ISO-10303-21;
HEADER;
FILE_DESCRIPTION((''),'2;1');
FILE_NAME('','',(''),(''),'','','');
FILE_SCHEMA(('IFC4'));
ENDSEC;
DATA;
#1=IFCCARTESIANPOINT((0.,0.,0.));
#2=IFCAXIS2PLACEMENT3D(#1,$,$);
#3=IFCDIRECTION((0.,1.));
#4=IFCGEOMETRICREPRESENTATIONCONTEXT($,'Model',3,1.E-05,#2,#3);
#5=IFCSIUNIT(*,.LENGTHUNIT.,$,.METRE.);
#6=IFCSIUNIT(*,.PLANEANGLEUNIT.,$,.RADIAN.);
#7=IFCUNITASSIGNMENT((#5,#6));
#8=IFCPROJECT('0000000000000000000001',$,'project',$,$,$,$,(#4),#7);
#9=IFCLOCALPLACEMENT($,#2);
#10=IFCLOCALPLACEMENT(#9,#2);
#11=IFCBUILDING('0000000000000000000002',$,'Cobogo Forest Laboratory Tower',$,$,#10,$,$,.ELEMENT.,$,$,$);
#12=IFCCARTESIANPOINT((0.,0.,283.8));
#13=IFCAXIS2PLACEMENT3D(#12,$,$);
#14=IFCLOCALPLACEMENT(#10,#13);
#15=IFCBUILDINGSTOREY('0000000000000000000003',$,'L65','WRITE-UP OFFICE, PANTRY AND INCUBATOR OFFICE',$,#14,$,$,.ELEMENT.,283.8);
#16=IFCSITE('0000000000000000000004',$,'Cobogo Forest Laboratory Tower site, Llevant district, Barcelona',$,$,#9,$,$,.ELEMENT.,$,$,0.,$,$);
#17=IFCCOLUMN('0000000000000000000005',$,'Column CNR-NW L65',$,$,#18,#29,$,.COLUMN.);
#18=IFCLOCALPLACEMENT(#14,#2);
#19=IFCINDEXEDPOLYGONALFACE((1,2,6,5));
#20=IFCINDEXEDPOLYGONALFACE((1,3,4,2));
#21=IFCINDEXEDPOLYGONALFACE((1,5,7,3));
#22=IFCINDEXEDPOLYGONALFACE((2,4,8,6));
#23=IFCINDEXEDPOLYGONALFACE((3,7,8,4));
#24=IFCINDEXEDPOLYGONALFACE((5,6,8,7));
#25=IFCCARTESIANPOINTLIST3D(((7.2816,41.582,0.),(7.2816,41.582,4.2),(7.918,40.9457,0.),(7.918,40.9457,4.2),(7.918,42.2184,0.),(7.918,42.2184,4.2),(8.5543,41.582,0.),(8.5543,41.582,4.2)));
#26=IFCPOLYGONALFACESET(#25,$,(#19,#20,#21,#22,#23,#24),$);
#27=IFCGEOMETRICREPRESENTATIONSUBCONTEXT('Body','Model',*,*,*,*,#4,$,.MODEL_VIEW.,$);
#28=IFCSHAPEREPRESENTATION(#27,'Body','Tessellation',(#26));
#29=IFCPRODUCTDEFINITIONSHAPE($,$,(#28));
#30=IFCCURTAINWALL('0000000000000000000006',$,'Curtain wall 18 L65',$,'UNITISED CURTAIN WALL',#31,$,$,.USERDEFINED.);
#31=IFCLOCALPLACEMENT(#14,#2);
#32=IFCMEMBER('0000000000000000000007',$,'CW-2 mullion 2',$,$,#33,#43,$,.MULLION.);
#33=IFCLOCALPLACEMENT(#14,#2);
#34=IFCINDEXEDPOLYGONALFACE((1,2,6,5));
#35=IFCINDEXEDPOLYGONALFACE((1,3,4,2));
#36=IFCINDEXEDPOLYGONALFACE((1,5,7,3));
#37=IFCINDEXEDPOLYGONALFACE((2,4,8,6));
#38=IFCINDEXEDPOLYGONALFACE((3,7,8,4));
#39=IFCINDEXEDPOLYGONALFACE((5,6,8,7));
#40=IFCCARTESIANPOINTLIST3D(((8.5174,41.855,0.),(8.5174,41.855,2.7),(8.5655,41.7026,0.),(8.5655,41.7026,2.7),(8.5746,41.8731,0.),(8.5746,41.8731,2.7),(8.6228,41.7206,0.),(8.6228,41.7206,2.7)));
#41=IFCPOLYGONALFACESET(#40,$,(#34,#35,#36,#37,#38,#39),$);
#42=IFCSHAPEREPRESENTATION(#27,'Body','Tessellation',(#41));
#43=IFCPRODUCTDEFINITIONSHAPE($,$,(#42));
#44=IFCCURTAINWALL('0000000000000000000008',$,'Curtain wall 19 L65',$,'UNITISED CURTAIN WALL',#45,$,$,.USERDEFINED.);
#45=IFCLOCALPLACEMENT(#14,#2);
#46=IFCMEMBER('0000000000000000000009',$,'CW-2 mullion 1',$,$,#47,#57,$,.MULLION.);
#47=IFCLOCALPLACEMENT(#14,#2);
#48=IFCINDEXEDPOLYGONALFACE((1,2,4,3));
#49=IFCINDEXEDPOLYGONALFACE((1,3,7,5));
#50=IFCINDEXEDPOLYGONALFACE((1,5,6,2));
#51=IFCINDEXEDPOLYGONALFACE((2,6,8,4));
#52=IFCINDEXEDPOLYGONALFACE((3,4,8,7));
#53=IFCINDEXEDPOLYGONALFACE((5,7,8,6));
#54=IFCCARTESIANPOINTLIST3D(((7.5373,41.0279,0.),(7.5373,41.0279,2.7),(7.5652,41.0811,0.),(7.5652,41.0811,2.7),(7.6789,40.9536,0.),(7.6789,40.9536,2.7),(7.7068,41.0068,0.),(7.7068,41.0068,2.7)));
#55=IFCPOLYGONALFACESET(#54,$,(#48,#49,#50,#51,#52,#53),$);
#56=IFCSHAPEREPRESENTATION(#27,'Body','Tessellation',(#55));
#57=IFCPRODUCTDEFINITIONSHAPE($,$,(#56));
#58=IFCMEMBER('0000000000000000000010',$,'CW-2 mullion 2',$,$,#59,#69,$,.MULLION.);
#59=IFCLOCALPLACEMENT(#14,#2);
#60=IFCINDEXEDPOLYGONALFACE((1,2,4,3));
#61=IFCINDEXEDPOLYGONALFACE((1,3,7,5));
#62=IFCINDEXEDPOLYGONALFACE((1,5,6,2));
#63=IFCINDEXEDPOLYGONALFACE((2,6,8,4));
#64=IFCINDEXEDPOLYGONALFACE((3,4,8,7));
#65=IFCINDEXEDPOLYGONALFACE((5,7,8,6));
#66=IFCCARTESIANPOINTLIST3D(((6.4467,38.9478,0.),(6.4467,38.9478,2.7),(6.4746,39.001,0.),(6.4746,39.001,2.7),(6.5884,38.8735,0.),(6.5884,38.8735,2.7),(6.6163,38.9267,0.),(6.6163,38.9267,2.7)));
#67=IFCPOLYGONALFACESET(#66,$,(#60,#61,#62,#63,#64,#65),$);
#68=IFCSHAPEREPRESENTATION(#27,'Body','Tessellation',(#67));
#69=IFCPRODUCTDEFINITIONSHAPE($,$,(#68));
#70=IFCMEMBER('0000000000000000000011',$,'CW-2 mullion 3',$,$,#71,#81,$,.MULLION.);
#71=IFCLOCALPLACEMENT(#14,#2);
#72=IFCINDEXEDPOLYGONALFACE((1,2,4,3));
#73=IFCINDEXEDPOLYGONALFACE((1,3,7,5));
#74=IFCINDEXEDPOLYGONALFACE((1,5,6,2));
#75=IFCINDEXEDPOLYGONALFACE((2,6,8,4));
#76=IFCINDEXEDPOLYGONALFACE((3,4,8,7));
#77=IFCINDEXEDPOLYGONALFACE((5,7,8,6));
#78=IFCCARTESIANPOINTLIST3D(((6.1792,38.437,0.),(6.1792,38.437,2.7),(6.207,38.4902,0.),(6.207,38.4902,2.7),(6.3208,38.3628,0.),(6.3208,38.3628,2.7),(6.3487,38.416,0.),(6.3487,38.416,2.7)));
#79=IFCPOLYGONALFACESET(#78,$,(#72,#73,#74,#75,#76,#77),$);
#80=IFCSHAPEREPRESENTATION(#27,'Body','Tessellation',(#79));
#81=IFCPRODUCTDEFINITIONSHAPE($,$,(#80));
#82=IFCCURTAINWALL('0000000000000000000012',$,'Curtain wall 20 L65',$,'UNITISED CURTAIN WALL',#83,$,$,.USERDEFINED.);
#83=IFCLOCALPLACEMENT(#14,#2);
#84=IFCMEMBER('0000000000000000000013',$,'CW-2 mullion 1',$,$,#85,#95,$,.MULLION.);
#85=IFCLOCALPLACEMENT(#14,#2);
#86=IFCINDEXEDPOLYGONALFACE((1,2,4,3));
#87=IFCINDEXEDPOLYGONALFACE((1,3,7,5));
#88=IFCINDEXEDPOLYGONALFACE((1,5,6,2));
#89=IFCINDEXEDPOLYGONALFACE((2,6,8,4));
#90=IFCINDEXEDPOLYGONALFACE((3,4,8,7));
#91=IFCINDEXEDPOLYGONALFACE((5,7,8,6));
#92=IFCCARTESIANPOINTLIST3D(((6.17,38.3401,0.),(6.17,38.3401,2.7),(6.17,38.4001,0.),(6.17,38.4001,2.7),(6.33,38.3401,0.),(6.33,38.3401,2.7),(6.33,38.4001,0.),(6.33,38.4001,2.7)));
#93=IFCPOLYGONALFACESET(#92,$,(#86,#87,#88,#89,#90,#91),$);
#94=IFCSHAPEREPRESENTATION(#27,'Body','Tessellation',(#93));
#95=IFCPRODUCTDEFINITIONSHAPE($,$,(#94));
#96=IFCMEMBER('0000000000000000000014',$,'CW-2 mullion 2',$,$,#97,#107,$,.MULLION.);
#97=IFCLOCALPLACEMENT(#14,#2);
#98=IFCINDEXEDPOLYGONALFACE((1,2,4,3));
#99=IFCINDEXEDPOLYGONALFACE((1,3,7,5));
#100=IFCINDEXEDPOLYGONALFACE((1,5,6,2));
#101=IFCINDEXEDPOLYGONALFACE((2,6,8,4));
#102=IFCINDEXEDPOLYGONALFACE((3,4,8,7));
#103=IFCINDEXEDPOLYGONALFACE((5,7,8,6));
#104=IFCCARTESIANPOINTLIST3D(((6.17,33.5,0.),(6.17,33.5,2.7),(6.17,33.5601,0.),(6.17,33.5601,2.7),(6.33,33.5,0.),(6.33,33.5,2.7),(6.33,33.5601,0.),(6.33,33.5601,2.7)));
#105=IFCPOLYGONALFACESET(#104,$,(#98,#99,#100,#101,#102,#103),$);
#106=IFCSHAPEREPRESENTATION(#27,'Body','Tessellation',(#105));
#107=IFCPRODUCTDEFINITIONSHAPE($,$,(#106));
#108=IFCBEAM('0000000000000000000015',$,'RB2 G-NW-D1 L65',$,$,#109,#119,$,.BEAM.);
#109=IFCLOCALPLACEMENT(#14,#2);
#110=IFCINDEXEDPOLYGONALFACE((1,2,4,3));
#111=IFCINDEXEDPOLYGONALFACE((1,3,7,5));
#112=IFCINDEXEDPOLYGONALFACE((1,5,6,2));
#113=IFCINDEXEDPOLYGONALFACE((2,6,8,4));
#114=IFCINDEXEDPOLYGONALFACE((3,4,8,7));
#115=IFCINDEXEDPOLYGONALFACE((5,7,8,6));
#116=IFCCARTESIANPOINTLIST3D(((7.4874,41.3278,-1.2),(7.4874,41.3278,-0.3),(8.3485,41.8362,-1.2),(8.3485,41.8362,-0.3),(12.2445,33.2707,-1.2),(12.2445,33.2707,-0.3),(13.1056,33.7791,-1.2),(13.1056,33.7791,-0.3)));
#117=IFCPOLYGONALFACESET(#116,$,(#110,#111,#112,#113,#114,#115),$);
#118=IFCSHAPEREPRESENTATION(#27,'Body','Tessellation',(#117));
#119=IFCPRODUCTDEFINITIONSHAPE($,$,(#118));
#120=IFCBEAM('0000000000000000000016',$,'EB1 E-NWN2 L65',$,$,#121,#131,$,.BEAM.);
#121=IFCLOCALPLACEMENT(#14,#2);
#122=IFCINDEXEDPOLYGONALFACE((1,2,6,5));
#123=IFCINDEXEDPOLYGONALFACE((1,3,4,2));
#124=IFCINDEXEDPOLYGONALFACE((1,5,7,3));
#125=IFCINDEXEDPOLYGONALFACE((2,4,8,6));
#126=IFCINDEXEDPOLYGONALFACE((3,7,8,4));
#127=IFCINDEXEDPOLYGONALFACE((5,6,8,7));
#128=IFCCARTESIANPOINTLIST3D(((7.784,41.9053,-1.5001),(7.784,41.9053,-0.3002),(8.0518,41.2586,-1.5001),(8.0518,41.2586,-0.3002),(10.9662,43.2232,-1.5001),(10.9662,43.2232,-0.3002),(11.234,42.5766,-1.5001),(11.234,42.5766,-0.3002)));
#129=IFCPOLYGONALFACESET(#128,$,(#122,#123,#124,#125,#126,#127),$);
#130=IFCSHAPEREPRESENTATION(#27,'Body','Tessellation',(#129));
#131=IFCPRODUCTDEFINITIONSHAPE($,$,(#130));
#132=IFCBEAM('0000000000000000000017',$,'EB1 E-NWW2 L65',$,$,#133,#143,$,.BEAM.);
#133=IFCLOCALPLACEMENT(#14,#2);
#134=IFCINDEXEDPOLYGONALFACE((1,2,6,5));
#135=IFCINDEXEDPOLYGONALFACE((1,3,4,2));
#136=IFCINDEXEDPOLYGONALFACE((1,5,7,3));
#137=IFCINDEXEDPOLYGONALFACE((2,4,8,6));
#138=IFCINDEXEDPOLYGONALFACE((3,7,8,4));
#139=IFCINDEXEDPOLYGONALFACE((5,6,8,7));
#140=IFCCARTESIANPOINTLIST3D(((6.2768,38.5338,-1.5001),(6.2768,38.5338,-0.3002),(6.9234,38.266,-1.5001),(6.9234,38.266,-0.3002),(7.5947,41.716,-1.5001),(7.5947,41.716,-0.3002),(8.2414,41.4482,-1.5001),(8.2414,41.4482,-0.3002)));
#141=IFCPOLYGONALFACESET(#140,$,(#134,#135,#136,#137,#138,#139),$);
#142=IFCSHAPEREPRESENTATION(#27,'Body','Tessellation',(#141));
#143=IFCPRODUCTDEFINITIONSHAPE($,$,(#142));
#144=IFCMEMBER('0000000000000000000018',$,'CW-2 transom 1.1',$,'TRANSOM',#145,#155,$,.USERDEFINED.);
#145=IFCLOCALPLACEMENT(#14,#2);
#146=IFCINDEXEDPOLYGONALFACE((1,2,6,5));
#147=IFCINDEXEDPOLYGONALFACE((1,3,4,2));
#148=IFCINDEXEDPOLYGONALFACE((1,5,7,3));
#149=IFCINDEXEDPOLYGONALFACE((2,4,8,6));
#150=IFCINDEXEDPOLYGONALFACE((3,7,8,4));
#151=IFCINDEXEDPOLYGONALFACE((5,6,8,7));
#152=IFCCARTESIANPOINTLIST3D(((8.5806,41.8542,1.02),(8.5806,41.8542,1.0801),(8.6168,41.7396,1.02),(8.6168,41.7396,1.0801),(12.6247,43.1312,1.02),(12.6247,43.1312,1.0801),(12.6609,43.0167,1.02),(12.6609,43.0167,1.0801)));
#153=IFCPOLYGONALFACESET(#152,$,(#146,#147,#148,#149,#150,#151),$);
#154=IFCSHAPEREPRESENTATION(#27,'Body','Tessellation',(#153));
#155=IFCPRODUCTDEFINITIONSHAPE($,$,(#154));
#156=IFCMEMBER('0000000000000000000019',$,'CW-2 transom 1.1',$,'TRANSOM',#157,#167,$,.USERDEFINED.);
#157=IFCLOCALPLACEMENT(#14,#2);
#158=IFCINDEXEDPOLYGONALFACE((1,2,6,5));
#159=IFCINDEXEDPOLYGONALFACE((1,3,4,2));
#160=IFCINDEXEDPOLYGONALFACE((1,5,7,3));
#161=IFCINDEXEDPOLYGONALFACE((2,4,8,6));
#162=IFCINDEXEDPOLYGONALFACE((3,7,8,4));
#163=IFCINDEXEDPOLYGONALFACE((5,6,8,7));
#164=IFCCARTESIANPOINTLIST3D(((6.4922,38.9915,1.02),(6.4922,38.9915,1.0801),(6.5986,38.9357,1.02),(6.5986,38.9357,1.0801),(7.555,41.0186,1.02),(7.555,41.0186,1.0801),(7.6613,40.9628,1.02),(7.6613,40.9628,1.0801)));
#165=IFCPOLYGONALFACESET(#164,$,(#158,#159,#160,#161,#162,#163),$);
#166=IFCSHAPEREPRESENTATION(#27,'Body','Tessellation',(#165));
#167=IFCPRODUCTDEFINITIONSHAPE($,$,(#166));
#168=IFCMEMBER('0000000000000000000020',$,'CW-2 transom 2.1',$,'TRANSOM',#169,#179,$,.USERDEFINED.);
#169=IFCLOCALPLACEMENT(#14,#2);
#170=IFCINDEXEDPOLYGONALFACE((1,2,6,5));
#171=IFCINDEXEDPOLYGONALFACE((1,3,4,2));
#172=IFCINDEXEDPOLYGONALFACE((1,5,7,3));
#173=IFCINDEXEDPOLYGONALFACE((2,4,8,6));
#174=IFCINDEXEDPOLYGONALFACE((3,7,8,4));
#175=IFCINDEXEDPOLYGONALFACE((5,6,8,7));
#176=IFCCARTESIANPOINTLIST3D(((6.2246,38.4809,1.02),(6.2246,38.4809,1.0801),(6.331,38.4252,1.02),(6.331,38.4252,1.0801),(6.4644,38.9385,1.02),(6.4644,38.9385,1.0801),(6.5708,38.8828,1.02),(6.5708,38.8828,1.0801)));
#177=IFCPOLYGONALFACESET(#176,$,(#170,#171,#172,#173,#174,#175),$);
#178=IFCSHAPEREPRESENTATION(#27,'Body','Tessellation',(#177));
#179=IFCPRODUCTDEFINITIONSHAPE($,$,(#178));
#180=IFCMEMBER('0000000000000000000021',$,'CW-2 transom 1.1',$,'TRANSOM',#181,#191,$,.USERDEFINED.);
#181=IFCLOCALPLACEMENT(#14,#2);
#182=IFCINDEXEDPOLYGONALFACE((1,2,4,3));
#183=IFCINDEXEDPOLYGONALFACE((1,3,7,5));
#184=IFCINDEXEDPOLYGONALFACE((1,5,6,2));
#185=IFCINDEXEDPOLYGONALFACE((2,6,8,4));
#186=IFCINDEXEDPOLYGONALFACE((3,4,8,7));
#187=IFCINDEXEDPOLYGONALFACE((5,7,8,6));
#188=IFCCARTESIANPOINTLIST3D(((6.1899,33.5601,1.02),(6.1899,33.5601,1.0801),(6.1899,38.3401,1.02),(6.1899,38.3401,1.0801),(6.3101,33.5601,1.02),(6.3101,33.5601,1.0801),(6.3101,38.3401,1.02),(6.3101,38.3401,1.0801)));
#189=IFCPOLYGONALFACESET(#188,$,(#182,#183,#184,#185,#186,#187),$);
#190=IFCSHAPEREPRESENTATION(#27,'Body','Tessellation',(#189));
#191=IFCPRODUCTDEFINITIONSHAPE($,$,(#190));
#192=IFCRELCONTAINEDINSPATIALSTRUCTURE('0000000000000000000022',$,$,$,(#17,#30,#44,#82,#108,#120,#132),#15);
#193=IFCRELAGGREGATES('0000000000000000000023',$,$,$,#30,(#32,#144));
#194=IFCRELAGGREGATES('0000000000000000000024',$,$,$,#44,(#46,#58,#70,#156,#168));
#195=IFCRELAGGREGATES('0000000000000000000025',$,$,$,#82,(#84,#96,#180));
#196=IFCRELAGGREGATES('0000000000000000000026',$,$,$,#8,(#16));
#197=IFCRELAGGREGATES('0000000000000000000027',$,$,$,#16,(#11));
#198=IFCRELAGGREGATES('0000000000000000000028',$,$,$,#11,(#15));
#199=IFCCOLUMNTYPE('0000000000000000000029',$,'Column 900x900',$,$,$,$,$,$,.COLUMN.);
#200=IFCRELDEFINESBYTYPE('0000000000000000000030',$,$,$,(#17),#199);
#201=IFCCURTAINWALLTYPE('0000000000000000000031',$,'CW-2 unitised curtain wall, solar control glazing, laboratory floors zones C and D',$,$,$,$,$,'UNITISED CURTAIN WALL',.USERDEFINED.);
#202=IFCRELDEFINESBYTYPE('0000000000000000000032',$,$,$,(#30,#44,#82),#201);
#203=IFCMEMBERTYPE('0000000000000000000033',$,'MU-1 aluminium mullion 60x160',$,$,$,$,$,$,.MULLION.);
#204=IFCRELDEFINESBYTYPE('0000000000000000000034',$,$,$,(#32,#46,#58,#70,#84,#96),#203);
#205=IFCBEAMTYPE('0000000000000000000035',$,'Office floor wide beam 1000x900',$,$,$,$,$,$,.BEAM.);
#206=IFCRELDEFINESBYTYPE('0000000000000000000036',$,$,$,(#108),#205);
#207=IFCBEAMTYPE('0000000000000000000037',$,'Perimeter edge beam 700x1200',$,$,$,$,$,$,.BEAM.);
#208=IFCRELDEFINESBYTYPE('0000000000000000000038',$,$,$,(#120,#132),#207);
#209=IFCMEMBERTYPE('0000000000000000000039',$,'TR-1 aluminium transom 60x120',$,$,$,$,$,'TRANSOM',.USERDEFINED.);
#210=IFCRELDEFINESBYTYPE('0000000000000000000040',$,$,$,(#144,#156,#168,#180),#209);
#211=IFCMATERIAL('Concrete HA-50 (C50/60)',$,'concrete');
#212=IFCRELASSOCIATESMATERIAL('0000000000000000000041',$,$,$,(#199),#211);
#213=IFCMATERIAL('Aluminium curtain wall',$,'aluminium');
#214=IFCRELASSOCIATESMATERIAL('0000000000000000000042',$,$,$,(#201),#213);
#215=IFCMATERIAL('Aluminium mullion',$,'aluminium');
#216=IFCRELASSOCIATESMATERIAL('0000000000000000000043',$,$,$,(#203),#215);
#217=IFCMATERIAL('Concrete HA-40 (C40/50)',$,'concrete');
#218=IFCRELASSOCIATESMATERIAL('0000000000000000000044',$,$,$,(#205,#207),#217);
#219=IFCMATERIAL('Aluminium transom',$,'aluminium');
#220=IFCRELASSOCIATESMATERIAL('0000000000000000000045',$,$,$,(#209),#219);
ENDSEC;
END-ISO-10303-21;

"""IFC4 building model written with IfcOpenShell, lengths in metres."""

from ifc_helpers import new_model, si_unit, direction, frame, origin, origin_2d, place, context, subcontext, project, spatial, rectangle, extrude, material, material_profile, profile_set, type_object, element, aggregate, save


model = new_model("IFC4")

# Units and contexts
model_context = context("Model", 3, precision=1e-05, world=origin(), true_north=direction((0.0, 1.0)))
body_context = subcontext(model_context, "Body", "Model", "MODEL_VIEW")
ifc_project = project(units=[si_unit("LENGTHUNIT", "METRE"), si_unit("PLANEANGLEUNIT", "RADIAN")], contexts=[model_context])

# Site, building, storey
site_placement = place(None, origin())
site = spatial("IfcSite", under=ifc_project, at=site_placement, Name="Cobogo Forest Laboratory Tower site, Llevant district, Barcelona", CompositionType="ELEMENT", RefElevation=0.0)
building_placement = place(site_placement, origin())
building = spatial("IfcBuilding", under=site, at=building_placement, Name="Cobogo Forest Laboratory Tower", CompositionType="ELEMENT")
storey_placement = place(building_placement, frame((0.0, 0.0, 283.8)))
storey = spatial("IfcBuildingStorey", under=building, at=storey_placement, Name="L65", Description="WRITE-UP OFFICE, PANTRY AND INCUBATOR OFFICE", CompositionType="ELEMENT", Elevation=283.8)

# Column
ifc_material_1 = material(Name="Concrete HA-50 (C50/60)", Category="concrete")
ifc_material_profile_1 = material_profile(ifc_material_1, rectangle(XDim=0.8999, YDim=0.8999, at=origin_2d()), Name="RC 900x900")
ifc_profile_set_1 = profile_set([ifc_material_profile_1], Name="Concrete HA-50 (C50/60)")
column_type = type_object("IfcColumnType", Name="Column 900x900", PredefinedType="COLUMN", material=ifc_profile_set_1)
column_placement = place(storey_placement, frame((7.918, 41.582, 0.0), z_axis=(0.0, 0.0, 1.0), x_axis=(0.707107, 0.707107, 0.0)))
element("IfcColumn", 1, at=column_placement, inside=storey, type_object=column_type, Name="Column CNR-NW L65", PredefinedType="COLUMN", context=body_context, shape_type="SweptSolid", body=[
    extrude(rectangle(XDim=0.8999, YDim=0.8999, at=origin_2d()), origin(), (0.0, 0.0, 1.0), 4.2),
])

# Curtain wall, member
ifc_material_2 = material(Name="Aluminium curtain wall", Category="aluminium")
curtain_wall_type = type_object("IfcCurtainWallType", Name="CW-2 unitised curtain wall, solar control glazing, laboratory floors zones C and D", ElementType="UNITISED CURTAIN WALL", PredefinedType="USERDEFINED", material=ifc_material_2)
curtain_wall_1_placement = place(storey_placement, origin())
curtain_wall_1 = element("IfcCurtainWall", 2, at=curtain_wall_1_placement, inside=storey, type_object=curtain_wall_type, Name="Curtain wall 18 L65", ObjectType="UNITISED CURTAIN WALL", PredefinedType="USERDEFINED")
ifc_material_3 = material(Name="Aluminium mullion", Category="aluminium")
ifc_material_profile_2 = material_profile(ifc_material_3, rectangle(XDim=0.0601, YDim=0.1599, at=origin_2d()), Name="AL 60x160")
ifc_profile_set_2 = profile_set([ifc_material_profile_2], Name="Aluminium mullion")
member_type_1 = type_object("IfcMemberType", Name="MU-1 aluminium mullion 60x160", PredefinedType="MULLION", material=ifc_profile_set_2)
member_1_placement = place(storey_placement, frame((8.5701, 41.7878, 0.0), z_axis=(0.0, 0.0, 1.0), x_axis=(-0.953581, -0.301135, 0.0)))
member_1 = element("IfcMember", 3, at=member_1_placement, type_object=member_type_1, Name="CW-2 mullion 2", PredefinedType="MULLION", context=body_context, shape_type="SweptSolid", body=[
    extrude(rectangle(XDim=0.0601, YDim=0.1599, at=origin_2d()), origin(), (0.0, 0.0, 1.0), 2.7),
])

# Curtain walls, members
curtain_wall_2_placement = place(storey_placement, origin())
curtain_wall_2 = element("IfcCurtainWall", 4, at=curtain_wall_2_placement, inside=storey, type_object=curtain_wall_type, Name="Curtain wall 19 L65", ObjectType="UNITISED CURTAIN WALL", PredefinedType="USERDEFINED")
member_2_placement = place(storey_placement, frame((7.6221, 41.0173, 0.0), z_axis=(0.0, 0.0, 1.0), x_axis=(-0.464284, -0.885686, 0.0)))
member_2 = element("IfcMember", 5, at=member_2_placement, type_object=member_type_1, Name="CW-2 mullion 1", PredefinedType="MULLION", context=body_context, shape_type="SweptSolid", body=[
    extrude(rectangle(XDim=0.0601, YDim=0.1599, at=origin_2d()), origin(), (0.0, 0.0, 1.0), 2.7),
])
member_3_placement = place(storey_placement, frame((6.5315, 38.9373, 0.0), z_axis=(0.0, 0.0, 1.0), x_axis=(-0.464284, -0.885686, 0.0)))
member_3 = element("IfcMember", 6, at=member_3_placement, type_object=member_type_1, Name="CW-2 mullion 2", PredefinedType="MULLION", context=body_context, shape_type="SweptSolid", body=[
    extrude(rectangle(XDim=0.0601, YDim=0.1599, at=origin_2d()), origin(), (0.0, 0.0, 1.0), 2.7),
])
member_4_placement = place(storey_placement, frame((6.2639, 38.4265, 0.0), z_axis=(0.0, 0.0, 1.0), x_axis=(-0.464284, -0.885686, 0.0)))
member_4 = element("IfcMember", 7, at=member_4_placement, type_object=member_type_1, Name="CW-2 mullion 3", PredefinedType="MULLION", context=body_context, shape_type="SweptSolid", body=[
    extrude(rectangle(XDim=0.0601, YDim=0.1599, at=origin_2d()), origin(), (0.0, 0.0, 1.0), 2.7),
])
curtain_wall_3_placement = place(storey_placement, origin())
curtain_wall_3 = element("IfcCurtainWall", 8, at=curtain_wall_3_placement, inside=storey, type_object=curtain_wall_type, Name="Curtain wall 20 L65", ObjectType="UNITISED CURTAIN WALL", PredefinedType="USERDEFINED")
member_5_placement = place(storey_placement, frame((6.25, 38.3701, 0.0), z_axis=(0.0, 0.0, 1.0), x_axis=(0.0, -1.0, 0.0)))
member_5 = element("IfcMember", 9, at=member_5_placement, type_object=member_type_1, Name="CW-2 mullion 1", PredefinedType="MULLION", context=body_context, shape_type="SweptSolid", body=[
    extrude(rectangle(XDim=0.0601, YDim=0.1599, at=origin_2d()), origin(), (0.0, 0.0, 1.0), 2.7),
])
member_6_placement = place(storey_placement, frame((6.25, 33.53, 0.0), z_axis=(0.0, 0.0, 1.0), x_axis=(0.0, -1.0, 0.0)))
member_6 = element("IfcMember", 10, at=member_6_placement, type_object=member_type_1, Name="CW-2 mullion 2", PredefinedType="MULLION", context=body_context, shape_type="SweptSolid", body=[
    extrude(rectangle(XDim=0.0601, YDim=0.1599, at=origin_2d()), origin(), (0.0, 0.0, 1.0), 2.7),
])

# Beams
ifc_material_4 = material(Name="Concrete HA-40 (C40/50)", Category="concrete")
ifc_material_profile_3 = material_profile(ifc_material_4, rectangle(XDim=1.0, YDim=0.8999, at=origin_2d()), Name="RC 1000x900")
ifc_profile_set_3 = profile_set([ifc_material_profile_3], Name="Concrete HA-40 (C40/50)")
beam_type_1 = type_object("IfcBeamType", Name="Office floor wide beam 1000x900", PredefinedType="BEAM", material=ifc_profile_set_3)
beam_placement = place(storey_placement, frame((7.918, 41.582, -0.75), z_axis=(0.508416, -0.861111, 0.0), x_axis=(0.861111, 0.508416, 0.0)))
element("IfcBeam", 11, at=beam_placement, inside=storey, type_object=beam_type_1, Name="RB2 G-NW-D1 L65", PredefinedType="BEAM", context=body_context, shape_type="SweptSolid", body=[
    extrude(rectangle(XDim=1.0, YDim=0.8999, at=origin_2d()), origin(), (0.0, 0.0, 1.0), 9.3567),
])
ifc_material_profile_4 = material_profile(ifc_material_4, rectangle(XDim=0.7, YDim=1.2, at=origin_2d()), Name="RC 700x1200")
ifc_profile_set_4 = profile_set([ifc_material_profile_4], Name="Concrete HA-40 (C40/50)")
beam_type_2 = type_object("IfcBeamType", Name="Perimeter edge beam 700x1200", PredefinedType="BEAM", material=ifc_profile_set_4)
for number, where, z_axis, x_axis, name in (
    (12, (11.1001, 42.8999, -0.9001), (-0.923901, -0.382631, 0.0), (0.382631, -0.923901, 0.0), "EB1 E-NWN2 L65"),
    (13, (6.6001, 38.3999, -0.9001), (0.382631, 0.923901, 0.0), (-0.923901, 0.382631, 0.0), "EB1 E-NWW2 L65"),
):
    element("IfcBeam", number, at=place(storey_placement, frame(where, z_axis=z_axis, x_axis=x_axis)), inside=storey, type_object=beam_type_2, Name=name, PredefinedType="BEAM", context=body_context, shape_type="SweptSolid", body=[
        extrude(rectangle(XDim=0.7, YDim=1.2, at=origin_2d()), origin(), (0.0, 0.0, 1.0), 3.4443),
    ])

# Members
ifc_material_5 = material(Name="Aluminium transom", Category="aluminium")
ifc_material_profile_5 = material_profile(ifc_material_5, rectangle(XDim=0.1201, YDim=0.0601, at=origin_2d()), Name="AL 60x120")
ifc_profile_set_5 = profile_set([ifc_material_profile_5], Name="Aluminium transom")
member_type_2 = type_object("IfcMemberType", Name="TR-1 aluminium transom 60x120", ElementType="TRANSOM", PredefinedType="USERDEFINED", material=ifc_profile_set_5)
member_7_placement = place(storey_placement, frame((12.6428, 43.074, 1.05), z_axis=(-0.953584, -0.301129, 0.0), x_axis=(0.301129, -0.953584, 0.0)))
member_7 = element("IfcMember", 14, at=member_7_placement, type_object=member_type_2, Name="CW-2 transom 1.1", ObjectType="TRANSOM", PredefinedType="USERDEFINED", context=body_context, shape_type="SweptSolid", body=[
    extrude(rectangle(XDim=0.1201, YDim=0.0601, at=origin_2d()), origin(), (0.0, 0.0, 1.0), 4.241),
])
member_8_placement = place(storey_placement, frame((7.6082, 40.9907, 1.05), z_axis=(-0.464326, -0.885664, 0.0), x_axis=(0.885664, -0.464326, 0.0)))
member_8 = element("IfcMember", 15, at=member_8_placement, type_object=member_type_2, Name="CW-2 transom 1.1", ObjectType="TRANSOM", PredefinedType="USERDEFINED", context=body_context, shape_type="SweptSolid", body=[
    extrude(rectangle(XDim=0.1201, YDim=0.0601, at=origin_2d()), origin(), (0.0, 0.0, 1.0), 2.2888),
])
member_9_placement = place(storey_placement, frame((6.5176, 38.9106, 1.05), z_axis=(-0.464148, -0.885758, 0.0), x_axis=(0.885758, -0.464148, 0.0)))
member_9 = element("IfcMember", 16, at=member_9_placement, type_object=member_type_2, Name="CW-2 transom 2.1", ObjectType="TRANSOM", PredefinedType="USERDEFINED", context=body_context, shape_type="SweptSolid", body=[
    extrude(rectangle(XDim=0.1201, YDim=0.0601, at=origin_2d()), origin(), (0.0, 0.0, 1.0), 0.5166),
])
member_10_placement = place(storey_placement, frame((6.25, 38.3401, 1.05), z_axis=(0.0, -1.0, 0.0), x_axis=(1.0, 0.0, 0.0)))
member_10 = element("IfcMember", 17, at=member_10_placement, type_object=member_type_2, Name="CW-2 transom 1.1", ObjectType="TRANSOM", PredefinedType="USERDEFINED", context=body_context, shape_type="SweptSolid", body=[
    extrude(rectangle(XDim=0.1201, YDim=0.0601, at=origin_2d()), origin(), (0.0, 0.0, 1.0), 4.78),
])

aggregate(curtain_wall_1, [member_1, member_7])
aggregate(curtain_wall_2, [member_2, member_3, member_4, member_8, member_9])
aggregate(curtain_wall_3, [member_5, member_6, member_10])

save(model, "model.ifc")
